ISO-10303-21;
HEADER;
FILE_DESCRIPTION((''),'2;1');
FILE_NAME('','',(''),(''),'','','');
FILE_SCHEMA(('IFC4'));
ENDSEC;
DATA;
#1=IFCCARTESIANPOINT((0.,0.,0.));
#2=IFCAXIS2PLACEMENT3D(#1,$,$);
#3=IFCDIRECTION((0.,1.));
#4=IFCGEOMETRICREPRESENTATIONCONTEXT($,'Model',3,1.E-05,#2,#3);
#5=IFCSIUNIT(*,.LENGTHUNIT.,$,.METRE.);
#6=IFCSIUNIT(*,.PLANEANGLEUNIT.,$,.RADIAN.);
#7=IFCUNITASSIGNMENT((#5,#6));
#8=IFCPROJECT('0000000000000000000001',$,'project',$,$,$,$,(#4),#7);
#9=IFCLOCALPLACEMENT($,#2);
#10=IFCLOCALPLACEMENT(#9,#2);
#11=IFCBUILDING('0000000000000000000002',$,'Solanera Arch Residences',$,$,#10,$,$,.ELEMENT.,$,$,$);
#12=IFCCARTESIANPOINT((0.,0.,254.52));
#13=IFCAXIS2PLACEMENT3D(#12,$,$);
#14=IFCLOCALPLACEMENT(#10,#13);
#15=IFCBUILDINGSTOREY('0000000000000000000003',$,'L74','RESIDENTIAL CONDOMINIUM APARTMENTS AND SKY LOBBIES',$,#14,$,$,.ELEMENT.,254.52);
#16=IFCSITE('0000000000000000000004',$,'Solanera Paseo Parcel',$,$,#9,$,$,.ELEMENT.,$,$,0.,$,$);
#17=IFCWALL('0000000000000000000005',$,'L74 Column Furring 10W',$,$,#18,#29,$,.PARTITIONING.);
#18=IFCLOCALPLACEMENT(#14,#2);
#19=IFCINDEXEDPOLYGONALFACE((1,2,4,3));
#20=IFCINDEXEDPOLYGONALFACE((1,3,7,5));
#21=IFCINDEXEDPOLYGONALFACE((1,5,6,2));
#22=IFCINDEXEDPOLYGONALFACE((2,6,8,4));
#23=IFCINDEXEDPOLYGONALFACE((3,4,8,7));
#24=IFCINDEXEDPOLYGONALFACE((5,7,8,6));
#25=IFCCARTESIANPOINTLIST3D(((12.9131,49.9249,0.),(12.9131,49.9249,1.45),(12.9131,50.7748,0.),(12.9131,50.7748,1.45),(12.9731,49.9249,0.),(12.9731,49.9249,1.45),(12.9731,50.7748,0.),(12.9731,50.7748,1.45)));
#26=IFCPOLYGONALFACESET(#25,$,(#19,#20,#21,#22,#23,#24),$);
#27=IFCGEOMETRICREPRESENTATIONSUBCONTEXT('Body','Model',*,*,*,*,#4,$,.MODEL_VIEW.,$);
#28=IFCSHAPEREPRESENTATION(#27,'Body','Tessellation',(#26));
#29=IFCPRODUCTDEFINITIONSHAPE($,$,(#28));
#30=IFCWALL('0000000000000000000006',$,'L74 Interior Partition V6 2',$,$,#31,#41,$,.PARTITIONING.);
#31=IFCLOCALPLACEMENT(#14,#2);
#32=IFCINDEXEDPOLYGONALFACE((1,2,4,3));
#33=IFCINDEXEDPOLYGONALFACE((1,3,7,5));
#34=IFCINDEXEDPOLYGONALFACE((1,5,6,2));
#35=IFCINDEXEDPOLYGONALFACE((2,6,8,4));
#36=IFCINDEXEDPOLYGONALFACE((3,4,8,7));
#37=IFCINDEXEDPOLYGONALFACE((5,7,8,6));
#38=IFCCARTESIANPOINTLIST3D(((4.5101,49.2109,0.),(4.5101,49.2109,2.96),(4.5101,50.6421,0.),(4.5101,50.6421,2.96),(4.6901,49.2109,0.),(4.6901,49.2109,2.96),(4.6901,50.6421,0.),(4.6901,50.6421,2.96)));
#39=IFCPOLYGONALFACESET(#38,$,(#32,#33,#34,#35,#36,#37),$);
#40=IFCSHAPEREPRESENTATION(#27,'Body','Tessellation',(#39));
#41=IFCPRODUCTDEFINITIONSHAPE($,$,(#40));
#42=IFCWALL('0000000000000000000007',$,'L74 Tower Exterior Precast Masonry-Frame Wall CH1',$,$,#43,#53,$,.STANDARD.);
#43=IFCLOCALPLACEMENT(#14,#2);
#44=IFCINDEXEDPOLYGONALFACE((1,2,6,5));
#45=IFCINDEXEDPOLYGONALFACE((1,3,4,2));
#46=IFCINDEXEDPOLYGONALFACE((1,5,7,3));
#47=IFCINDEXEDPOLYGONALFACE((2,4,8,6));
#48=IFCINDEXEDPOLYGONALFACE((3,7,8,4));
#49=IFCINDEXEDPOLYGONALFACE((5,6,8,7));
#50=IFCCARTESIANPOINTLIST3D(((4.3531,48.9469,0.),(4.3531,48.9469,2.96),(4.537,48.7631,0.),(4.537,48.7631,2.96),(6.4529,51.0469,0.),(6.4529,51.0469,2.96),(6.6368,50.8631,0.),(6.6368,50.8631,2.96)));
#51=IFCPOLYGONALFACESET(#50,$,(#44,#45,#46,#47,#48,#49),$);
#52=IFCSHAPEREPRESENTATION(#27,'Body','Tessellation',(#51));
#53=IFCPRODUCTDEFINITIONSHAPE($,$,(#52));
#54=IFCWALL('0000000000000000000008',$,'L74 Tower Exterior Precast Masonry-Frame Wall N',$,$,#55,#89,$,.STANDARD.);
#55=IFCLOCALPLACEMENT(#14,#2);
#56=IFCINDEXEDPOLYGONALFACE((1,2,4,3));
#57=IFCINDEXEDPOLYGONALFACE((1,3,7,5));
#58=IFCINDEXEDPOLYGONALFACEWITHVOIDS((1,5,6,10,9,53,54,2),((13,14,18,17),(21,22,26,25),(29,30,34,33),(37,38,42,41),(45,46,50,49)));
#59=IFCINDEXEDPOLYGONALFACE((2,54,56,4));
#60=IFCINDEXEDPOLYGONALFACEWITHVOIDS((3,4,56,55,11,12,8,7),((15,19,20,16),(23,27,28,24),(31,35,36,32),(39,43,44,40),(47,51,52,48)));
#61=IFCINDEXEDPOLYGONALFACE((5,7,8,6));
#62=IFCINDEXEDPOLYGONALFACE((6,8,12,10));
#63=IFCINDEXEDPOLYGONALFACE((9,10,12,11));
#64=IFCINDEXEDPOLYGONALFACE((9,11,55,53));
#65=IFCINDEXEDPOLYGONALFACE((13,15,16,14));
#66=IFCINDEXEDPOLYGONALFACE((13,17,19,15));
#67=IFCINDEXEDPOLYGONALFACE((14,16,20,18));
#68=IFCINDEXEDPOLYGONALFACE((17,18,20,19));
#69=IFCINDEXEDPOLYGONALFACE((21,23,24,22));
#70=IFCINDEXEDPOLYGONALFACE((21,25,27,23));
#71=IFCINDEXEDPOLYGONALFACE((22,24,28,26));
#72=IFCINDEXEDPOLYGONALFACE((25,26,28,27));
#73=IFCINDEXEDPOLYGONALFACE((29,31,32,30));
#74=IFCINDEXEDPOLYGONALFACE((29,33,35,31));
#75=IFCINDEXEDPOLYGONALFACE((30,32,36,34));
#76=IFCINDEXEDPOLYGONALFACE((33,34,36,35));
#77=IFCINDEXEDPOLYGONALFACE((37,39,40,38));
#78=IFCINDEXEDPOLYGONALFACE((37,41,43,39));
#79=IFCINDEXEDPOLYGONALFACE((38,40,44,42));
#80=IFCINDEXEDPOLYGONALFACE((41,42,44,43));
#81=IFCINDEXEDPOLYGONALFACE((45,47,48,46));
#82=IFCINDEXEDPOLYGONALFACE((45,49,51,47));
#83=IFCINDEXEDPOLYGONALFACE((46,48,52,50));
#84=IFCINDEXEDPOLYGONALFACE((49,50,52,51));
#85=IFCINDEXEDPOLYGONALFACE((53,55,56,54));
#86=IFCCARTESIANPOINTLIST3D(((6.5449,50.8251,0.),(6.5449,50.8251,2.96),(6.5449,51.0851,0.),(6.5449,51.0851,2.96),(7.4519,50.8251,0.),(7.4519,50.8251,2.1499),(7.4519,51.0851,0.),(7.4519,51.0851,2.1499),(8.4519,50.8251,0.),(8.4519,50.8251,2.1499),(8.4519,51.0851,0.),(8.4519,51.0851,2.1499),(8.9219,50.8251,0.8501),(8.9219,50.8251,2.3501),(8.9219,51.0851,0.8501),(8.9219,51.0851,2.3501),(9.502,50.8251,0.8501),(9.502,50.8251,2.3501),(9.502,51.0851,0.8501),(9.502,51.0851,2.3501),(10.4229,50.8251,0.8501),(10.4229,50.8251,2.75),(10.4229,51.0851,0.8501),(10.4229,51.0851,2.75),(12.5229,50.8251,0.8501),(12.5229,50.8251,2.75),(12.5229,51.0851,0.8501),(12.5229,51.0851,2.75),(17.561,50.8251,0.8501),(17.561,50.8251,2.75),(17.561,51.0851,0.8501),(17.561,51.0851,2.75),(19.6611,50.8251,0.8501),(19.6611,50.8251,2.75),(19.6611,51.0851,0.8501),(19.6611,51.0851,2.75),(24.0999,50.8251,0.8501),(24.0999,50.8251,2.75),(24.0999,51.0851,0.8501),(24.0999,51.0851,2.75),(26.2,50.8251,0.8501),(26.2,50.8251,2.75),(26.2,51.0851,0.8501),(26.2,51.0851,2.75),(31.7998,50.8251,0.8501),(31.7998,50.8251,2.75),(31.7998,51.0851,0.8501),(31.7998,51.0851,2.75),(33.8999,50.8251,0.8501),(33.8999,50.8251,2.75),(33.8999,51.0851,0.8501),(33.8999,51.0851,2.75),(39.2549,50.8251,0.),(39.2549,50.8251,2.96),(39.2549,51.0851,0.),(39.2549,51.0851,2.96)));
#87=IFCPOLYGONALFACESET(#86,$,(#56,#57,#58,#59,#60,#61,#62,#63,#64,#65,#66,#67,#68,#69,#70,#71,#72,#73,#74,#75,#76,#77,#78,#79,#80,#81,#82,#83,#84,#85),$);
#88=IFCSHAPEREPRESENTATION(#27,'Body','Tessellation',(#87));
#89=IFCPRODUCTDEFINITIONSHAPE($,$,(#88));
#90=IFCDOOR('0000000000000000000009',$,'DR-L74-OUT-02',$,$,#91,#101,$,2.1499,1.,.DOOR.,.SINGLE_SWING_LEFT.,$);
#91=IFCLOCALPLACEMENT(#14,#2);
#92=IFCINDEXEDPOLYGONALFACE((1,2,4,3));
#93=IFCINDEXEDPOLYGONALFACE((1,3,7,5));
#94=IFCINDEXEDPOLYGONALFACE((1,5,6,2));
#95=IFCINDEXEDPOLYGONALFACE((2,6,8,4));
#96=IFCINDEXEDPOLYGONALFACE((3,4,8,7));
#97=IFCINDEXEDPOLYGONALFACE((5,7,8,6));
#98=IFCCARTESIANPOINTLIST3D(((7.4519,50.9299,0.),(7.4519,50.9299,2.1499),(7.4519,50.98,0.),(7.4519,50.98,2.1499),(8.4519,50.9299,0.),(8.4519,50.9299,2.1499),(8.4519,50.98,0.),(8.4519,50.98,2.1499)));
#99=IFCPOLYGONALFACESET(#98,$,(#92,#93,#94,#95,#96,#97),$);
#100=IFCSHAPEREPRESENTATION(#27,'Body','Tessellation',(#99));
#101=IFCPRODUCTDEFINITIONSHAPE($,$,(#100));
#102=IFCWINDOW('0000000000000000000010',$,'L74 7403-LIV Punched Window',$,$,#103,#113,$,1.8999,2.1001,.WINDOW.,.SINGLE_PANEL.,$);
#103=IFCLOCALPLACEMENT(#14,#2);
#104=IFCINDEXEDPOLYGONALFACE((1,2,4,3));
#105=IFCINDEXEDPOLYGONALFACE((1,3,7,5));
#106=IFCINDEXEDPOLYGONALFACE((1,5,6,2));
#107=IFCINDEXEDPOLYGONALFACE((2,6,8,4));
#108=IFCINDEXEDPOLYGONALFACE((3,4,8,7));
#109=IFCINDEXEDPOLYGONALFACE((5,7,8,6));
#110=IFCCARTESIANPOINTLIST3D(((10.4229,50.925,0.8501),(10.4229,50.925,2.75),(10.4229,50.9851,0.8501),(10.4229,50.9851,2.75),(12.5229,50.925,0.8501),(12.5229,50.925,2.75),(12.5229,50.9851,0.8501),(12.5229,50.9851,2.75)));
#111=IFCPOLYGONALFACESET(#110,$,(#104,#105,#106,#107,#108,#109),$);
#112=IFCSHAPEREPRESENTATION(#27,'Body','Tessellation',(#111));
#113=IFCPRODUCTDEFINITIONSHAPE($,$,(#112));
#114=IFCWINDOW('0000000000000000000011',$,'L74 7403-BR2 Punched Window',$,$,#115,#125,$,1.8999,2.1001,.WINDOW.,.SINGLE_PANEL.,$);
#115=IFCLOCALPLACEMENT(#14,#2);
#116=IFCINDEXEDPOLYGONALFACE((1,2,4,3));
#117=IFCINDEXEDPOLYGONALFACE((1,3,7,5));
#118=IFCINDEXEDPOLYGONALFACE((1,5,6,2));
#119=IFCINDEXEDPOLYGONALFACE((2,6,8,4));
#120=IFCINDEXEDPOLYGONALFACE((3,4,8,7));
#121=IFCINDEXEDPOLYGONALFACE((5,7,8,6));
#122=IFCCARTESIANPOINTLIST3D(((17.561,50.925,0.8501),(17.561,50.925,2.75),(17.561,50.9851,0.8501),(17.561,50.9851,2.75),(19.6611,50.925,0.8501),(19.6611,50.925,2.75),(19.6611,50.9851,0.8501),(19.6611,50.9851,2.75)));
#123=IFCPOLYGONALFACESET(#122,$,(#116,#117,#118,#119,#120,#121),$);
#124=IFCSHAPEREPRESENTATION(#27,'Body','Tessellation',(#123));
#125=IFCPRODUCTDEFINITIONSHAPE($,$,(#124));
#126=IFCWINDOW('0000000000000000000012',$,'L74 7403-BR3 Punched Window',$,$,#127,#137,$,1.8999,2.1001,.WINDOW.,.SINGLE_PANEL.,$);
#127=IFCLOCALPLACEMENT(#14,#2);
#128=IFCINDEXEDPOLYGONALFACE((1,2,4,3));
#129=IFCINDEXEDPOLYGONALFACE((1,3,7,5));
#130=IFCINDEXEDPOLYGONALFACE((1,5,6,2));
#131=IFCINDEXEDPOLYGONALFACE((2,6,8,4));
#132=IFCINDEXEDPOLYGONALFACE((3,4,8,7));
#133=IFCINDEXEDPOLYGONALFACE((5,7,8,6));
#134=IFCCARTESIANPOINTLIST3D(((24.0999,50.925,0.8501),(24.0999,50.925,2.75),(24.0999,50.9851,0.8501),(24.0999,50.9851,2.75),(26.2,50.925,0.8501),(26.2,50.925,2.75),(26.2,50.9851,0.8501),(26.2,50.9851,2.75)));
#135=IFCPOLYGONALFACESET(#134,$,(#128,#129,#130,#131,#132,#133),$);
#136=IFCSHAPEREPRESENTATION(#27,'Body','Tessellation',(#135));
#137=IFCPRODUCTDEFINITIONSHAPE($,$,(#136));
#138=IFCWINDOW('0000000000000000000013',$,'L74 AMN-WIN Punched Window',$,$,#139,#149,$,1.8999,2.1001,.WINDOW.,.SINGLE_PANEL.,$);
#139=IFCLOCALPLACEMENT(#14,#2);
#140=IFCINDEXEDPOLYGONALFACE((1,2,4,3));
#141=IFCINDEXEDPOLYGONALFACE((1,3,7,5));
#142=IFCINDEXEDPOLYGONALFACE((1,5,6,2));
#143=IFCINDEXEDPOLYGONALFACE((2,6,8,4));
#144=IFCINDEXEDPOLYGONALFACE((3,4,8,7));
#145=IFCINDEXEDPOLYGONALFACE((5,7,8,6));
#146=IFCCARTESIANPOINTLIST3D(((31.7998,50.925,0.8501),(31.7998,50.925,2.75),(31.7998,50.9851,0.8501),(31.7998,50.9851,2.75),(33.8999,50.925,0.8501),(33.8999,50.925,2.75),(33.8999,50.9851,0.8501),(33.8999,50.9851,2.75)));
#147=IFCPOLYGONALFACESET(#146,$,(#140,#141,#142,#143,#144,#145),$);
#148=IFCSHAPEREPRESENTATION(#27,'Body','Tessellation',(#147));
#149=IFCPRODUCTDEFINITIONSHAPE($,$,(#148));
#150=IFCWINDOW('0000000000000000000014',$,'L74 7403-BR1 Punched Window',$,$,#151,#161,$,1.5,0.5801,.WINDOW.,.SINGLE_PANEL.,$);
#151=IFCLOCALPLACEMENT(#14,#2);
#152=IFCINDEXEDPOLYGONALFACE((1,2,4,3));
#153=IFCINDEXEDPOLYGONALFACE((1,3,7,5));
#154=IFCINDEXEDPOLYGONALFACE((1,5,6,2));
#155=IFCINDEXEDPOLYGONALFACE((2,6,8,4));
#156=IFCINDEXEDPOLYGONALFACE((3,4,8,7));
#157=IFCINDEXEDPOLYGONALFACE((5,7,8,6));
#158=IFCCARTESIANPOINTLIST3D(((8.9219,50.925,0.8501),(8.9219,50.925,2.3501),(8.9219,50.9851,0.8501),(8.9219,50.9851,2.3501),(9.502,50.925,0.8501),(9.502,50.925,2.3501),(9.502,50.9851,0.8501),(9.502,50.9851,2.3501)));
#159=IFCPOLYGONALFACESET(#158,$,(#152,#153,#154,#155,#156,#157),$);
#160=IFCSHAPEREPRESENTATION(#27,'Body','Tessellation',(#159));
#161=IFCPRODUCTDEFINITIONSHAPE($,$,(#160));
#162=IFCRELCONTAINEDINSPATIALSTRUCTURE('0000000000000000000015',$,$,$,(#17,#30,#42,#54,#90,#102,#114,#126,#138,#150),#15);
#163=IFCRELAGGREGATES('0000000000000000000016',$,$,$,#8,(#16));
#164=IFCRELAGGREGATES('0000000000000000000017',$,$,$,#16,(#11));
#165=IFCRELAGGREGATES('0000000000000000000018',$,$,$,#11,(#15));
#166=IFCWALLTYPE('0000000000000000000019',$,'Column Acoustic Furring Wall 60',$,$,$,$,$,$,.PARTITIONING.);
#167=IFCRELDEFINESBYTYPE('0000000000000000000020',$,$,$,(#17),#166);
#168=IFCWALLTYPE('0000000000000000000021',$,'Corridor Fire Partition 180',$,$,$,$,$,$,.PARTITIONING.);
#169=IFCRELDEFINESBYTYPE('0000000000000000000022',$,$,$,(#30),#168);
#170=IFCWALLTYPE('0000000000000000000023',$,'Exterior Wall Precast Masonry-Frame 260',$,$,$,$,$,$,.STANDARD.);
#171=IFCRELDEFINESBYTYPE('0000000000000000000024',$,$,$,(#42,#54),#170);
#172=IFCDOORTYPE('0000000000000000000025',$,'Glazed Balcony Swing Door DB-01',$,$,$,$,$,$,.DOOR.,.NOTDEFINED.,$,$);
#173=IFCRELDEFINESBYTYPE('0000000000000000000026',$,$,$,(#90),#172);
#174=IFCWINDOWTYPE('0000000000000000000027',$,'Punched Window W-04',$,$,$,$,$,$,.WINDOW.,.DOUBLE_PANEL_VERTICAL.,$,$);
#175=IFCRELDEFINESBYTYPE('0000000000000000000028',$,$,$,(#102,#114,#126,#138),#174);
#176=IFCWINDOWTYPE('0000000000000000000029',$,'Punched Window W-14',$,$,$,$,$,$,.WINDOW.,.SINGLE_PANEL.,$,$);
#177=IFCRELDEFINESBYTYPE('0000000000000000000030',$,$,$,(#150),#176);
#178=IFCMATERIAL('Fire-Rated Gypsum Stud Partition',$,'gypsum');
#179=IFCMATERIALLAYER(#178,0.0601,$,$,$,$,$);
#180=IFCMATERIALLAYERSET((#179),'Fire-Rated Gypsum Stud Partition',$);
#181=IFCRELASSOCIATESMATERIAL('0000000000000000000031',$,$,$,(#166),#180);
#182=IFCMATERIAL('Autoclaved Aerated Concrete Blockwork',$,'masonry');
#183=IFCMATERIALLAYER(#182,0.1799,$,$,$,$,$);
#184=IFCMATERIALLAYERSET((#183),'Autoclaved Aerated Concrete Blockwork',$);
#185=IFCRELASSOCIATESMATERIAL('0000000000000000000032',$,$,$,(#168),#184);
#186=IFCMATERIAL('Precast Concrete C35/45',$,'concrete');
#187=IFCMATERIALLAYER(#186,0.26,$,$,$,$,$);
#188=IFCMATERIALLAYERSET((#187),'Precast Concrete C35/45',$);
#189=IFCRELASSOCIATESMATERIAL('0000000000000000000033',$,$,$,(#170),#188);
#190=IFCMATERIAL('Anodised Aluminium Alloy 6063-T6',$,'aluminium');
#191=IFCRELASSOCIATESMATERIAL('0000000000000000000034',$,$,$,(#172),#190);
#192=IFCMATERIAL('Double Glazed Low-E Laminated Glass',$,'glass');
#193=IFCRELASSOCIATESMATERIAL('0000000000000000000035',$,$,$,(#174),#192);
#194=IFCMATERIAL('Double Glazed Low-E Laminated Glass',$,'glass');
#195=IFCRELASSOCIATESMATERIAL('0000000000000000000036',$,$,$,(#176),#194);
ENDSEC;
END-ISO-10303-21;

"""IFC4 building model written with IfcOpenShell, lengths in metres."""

from ifc_helpers import new_model, si_unit, direction, frame, frame_2d, origin, place, context, subcontext, project, spatial, rectangle, extrude, material, layer, layer_set, type_object, element, fill, save


model = new_model("IFC4")

# Units and contexts
model_context = context("Model", 3, precision=1e-05, world=origin(), true_north=direction((0.0, 1.0)))
body_context = subcontext(model_context, "Body", "Model", "MODEL_VIEW")
ifc_project = project(units=[si_unit("LENGTHUNIT", "METRE"), si_unit("PLANEANGLEUNIT", "RADIAN")], contexts=[model_context])

# Site, building, storey
site_placement = place(None, origin())
site = spatial("IfcSite", under=ifc_project, at=site_placement, Name="Solanera Paseo Parcel", CompositionType="ELEMENT", RefElevation=0.0)
building_placement = place(site_placement, origin())
building = spatial("IfcBuilding", under=site, at=building_placement, Name="Solanera Arch Residences", CompositionType="ELEMENT")
storey_placement = place(building_placement, frame((0.0, 0.0, 254.52)))
storey = spatial("IfcBuildingStorey", under=building, at=storey_placement, Name="L74", Description="RESIDENTIAL CONDOMINIUM APARTMENTS AND SKY LOBBIES", CompositionType="ELEMENT", Elevation=254.52)

# Walls
ifc_material_1 = material(Name="Fire-Rated Gypsum Stud Partition", Category="gypsum")
ifc_layer_1 = layer(ifc_material_1, 0.0601)
ifc_layer_set_1 = layer_set([ifc_layer_1], Name="Fire-Rated Gypsum Stud Partition")
wall_type_1 = type_object("IfcWallType", Name="Column Acoustic Furring Wall 60", PredefinedType="PARTITIONING", material=ifc_layer_set_1)
wall_1_placement = place(storey_placement, frame((12.9431, 49.925, 0.0), z_axis=(0.0, 0.0, 1.0), x_axis=(0.0, 1.0, 0.0)))
element("IfcWall", 1, at=wall_1_placement, inside=storey, type_object=wall_type_1, Name="L74 Column Furring 10W", PredefinedType="PARTITIONING", context=body_context, shape_type="SweptSolid", body=[
    extrude(rectangle(XDim=0.8499, YDim=0.0601, at=frame_2d((0.4248, 0.0))), origin(), (0.0, 0.0, 1.0), 1.45),
])
ifc_material_2 = material(Name="Autoclaved Aerated Concrete Blockwork", Category="masonry")
ifc_layer_2 = layer(ifc_material_2, 0.1799)
ifc_layer_set_2 = layer_set([ifc_layer_2], Name="Autoclaved Aerated Concrete Blockwork")
wall_type_2 = type_object("IfcWallType", Name="Corridor Fire Partition 180", PredefinedType="PARTITIONING", material=ifc_layer_set_2)
wall_2_placement = place(storey_placement, frame((4.6001, 49.2109, 0.0), z_axis=(0.0, 0.0, 1.0), x_axis=(0.0, 1.0, 0.0)))
element("IfcWall", 2, at=wall_2_placement, inside=storey, type_object=wall_type_2, Name="L74 Interior Partition V6 2", PredefinedType="PARTITIONING", context=body_context, shape_type="SweptSolid", body=[
    extrude(rectangle(XDim=1.4312, YDim=0.1799, at=frame_2d((0.7156, 0.0))), origin(), (0.0, 0.0, 1.0), 2.96),
])
ifc_material_3 = material(Name="Precast Concrete C35/45", Category="concrete")
ifc_layer_3 = layer(ifc_material_3, 0.26)
ifc_layer_set_3 = layer_set([ifc_layer_3], Name="Precast Concrete C35/45")
wall_type_3 = type_object("IfcWallType", Name="Exterior Wall Precast Masonry-Frame 260", PredefinedType="STANDARD", material=ifc_layer_set_3)
wall_3_placement = place(storey_placement, frame((4.4451, 48.855, 0.0), z_axis=(0.0, 0.0, 1.0), x_axis=(0.707066, 0.707148, 0.0)))
element("IfcWall", 3, at=wall_3_placement, inside=storey, type_object=wall_type_3, Name="L74 Tower Exterior Precast Masonry-Frame Wall CH1", PredefinedType="STANDARD", context=body_context, shape_type="SweptSolid", body=[
    extrude(rectangle(XDim=2.9697, YDim=0.26, at=frame_2d((1.4849, 0.0))), origin(), (0.0, 0.0, 1.0), 2.96),
])

# Wall, openings, door, windows
wall_4_placement = place(storey_placement, frame((6.5449, 50.9551, 0.0), z_axis=(0.0, 0.0, 1.0), x_axis=(1.0, 0.0, 0.0)))
wall_4 = element("IfcWall", 4, at=wall_4_placement, inside=storey, type_object=wall_type_3, Name="L74 Tower Exterior Precast Masonry-Frame Wall N", PredefinedType="STANDARD", context=body_context, shape_type="SweptSolid", body=[
    extrude(rectangle(XDim=32.71, YDim=0.26, at=frame_2d((16.355, 0.0))), origin(), (0.0, 0.0, 1.0), 2.96),
])
opening_1_placement = place(wall_4_placement, frame((0.907, 0.0, 0.0)))
opening_1 = element("IfcOpeningElement", 5, at=opening_1_placement, cuts=wall_4, PredefinedType="OPENING", context=body_context, shape_type="SweptSolid", body=[
    extrude(rectangle(XDim=1.0, YDim=2.1499, at=frame_2d((0.5, 1.075))), frame((0.0, 0.1399, 0.0), z_axis=(0.0, -1.0, 0.0), x_axis=(1.0, 0.0, 0.0)), (0.0, 0.0, 1.0), 0.28),
])
opening_2_placement = place(wall_4_placement, frame((3.8779, 0.0, 0.8501)))
opening_2 = element("IfcOpeningElement", 6, at=opening_2_placement, cuts=wall_4, PredefinedType="OPENING", context=body_context, shape_type="SweptSolid", body=[
    extrude(rectangle(XDim=2.1001, YDim=1.8999, at=frame_2d((1.05, 0.95))), frame((0.0, 0.1399, 0.0), z_axis=(0.0, -1.0, 0.0), x_axis=(1.0, 0.0, 0.0)), (0.0, 0.0, 1.0), 0.28),
])
opening_3_placement = place(wall_4_placement, frame((2.377, 0.0, 0.8501)))
opening_3 = element("IfcOpeningElement", 7, at=opening_3_placement, cuts=wall_4, PredefinedType="OPENING", context=body_context, shape_type="SweptSolid", body=[
    extrude(rectangle(XDim=0.5801, YDim=1.5, at=frame_2d((0.29, 0.75))), frame((0.0, 0.1399, 0.0), z_axis=(0.0, -1.0, 0.0), x_axis=(1.0, 0.0, 0.0)), (0.0, 0.0, 1.0), 0.28),
])
opening_4_placement = place(wall_4_placement, frame((11.0161, 0.0, 0.8501)))
opening_4 = element("IfcOpeningElement", 8, at=opening_4_placement, cuts=wall_4, PredefinedType="OPENING", context=body_context, shape_type="SweptSolid", body=[
    extrude(rectangle(XDim=2.1001, YDim=1.8999, at=frame_2d((1.05, 0.95))), frame((0.0, 0.1399, 0.0), z_axis=(0.0, -1.0, 0.0), x_axis=(1.0, 0.0, 0.0)), (0.0, 0.0, 1.0), 0.28),
])
opening_5_placement = place(wall_4_placement, frame((17.5549, 0.0, 0.8501)))
opening_5 = element("IfcOpeningElement", 9, at=opening_5_placement, cuts=wall_4, PredefinedType="OPENING", context=body_context, shape_type="SweptSolid", body=[
    extrude(rectangle(XDim=2.1001, YDim=1.8999, at=frame_2d((1.05, 0.95))), frame((0.0, 0.1399, 0.0), z_axis=(0.0, -1.0, 0.0), x_axis=(1.0, 0.0, 0.0)), (0.0, 0.0, 1.0), 0.28),
])
opening_6_placement = place(wall_4_placement, frame((25.2549, 0.0, 0.8501)))
opening_6 = element("IfcOpeningElement", 10, at=opening_6_placement, cuts=wall_4, PredefinedType="OPENING", context=body_context, shape_type="SweptSolid", body=[
    extrude(rectangle(XDim=2.1001, YDim=1.8999, at=frame_2d((1.05, 0.95))), frame((0.0, 0.1399, 0.0), z_axis=(0.0, -1.0, 0.0), x_axis=(1.0, 0.0, 0.0)), (0.0, 0.0, 1.0), 0.28),
])
ifc_material_4 = material(Name="Anodised Aluminium Alloy 6063-T6", Category="aluminium")
door_type_1 = type_object("IfcDoorType", Name="Glazed Balcony Swing Door DB-01", OperationType="NOTDEFINED", PredefinedType="DOOR", material=ifc_material_4)
door_1_placement = place(opening_1_placement, origin())
door_1 = element("IfcDoor", 11, at=door_1_placement, inside=storey, type_object=door_type_1, Name="DR-L74-OUT-02", OperationType="SINGLE_SWING_LEFT", OverallHeight=2.1499, OverallWidth=1.0, PredefinedType="DOOR", context=body_context, shape_type="SweptSolid", body=[
    extrude(rectangle(XDim=1.0, YDim=2.1499, at=frame_2d((0.5, 1.075))), frame((0.0, 0.0249, 0.0), z_axis=(0.0, -1.0, 0.0), x_axis=(1.0, 0.0, 0.0)), (0.0, 0.0, 1.0), 0.05),
])
fill(opening_1, door_1)
ifc_material_5 = material(Name="Double Glazed Low-E Laminated Glass", Category="glass")
window_type_1 = type_object("IfcWindowType", Name="Punched Window W-04", PartitioningType="DOUBLE_PANEL_VERTICAL", PredefinedType="WINDOW", material=ifc_material_5)
window_1_placement = place(opening_2_placement, origin())
window_1 = element("IfcWindow", 12, at=window_1_placement, inside=storey, type_object=window_type_1, Name="L74 7403-LIV Punched Window", OverallHeight=1.8999, OverallWidth=2.1001, PartitioningType="SINGLE_PANEL", PredefinedType="WINDOW", context=body_context, shape_type="SweptSolid", body=[
    extrude(rectangle(XDim=2.1001, YDim=1.8999, at=frame_2d((1.05, 0.95))), frame((0.0, 0.03, 0.0), z_axis=(0.0, -1.0, 0.0), x_axis=(1.0, 0.0, 0.0)), (0.0, 0.0, 1.0), 0.0601),
])
fill(opening_2, window_1)
window_2_placement = place(opening_4_placement, origin())
window_2 = element("IfcWindow", 13, at=window_2_placement, inside=storey, type_object=window_type_1, Name="L74 7403-BR2 Punched Window", OverallHeight=1.8999, OverallWidth=2.1001, PartitioningType="SINGLE_PANEL", PredefinedType="WINDOW", context=body_context, shape_type="SweptSolid", body=[
    extrude(rectangle(XDim=2.1001, YDim=1.8999, at=frame_2d((1.05, 0.95))), frame((0.0, 0.03, 0.0), z_axis=(0.0, -1.0, 0.0), x_axis=(1.0, 0.0, 0.0)), (0.0, 0.0, 1.0), 0.0601),
])
fill(opening_4, window_2)
window_3_placement = place(opening_5_placement, origin())
window_3 = element("IfcWindow", 14, at=window_3_placement, inside=storey, type_object=window_type_1, Name="L74 7403-BR3 Punched Window", OverallHeight=1.8999, OverallWidth=2.1001, PartitioningType="SINGLE_PANEL", PredefinedType="WINDOW", context=body_context, shape_type="SweptSolid", body=[
    extrude(rectangle(XDim=2.1001, YDim=1.8999, at=frame_2d((1.05, 0.95))), frame((0.0, 0.03, 0.0), z_axis=(0.0, -1.0, 0.0), x_axis=(1.0, 0.0, 0.0)), (0.0, 0.0, 1.0), 0.0601),
])
fill(opening_5, window_3)
window_4_placement = place(opening_6_placement, origin())
window_4 = element("IfcWindow", 15, at=window_4_placement, inside=storey, type_object=window_type_1, Name="L74 AMN-WIN Punched Window", OverallHeight=1.8999, OverallWidth=2.1001, PartitioningType="SINGLE_PANEL", PredefinedType="WINDOW", context=body_context, shape_type="SweptSolid", body=[
    extrude(rectangle(XDim=2.1001, YDim=1.8999, at=frame_2d((1.05, 0.95))), frame((0.0, 0.03, 0.0), z_axis=(0.0, -1.0, 0.0), x_axis=(1.0, 0.0, 0.0)), (0.0, 0.0, 1.0), 0.0601),
])
fill(opening_6, window_4)
ifc_material_6 = material(Name="Double Glazed Low-E Laminated Glass", Category="glass")
window_type_2 = type_object("IfcWindowType", Name="Punched Window W-14", PartitioningType="SINGLE_PANEL", PredefinedType="WINDOW", material=ifc_material_6)
window_5_placement = place(opening_3_placement, origin())
window_5 = element("IfcWindow", 16, at=window_5_placement, inside=storey, type_object=window_type_2, Name="L74 7403-BR1 Punched Window", OverallHeight=1.5, OverallWidth=0.5801, PartitioningType="SINGLE_PANEL", PredefinedType="WINDOW", context=body_context, shape_type="SweptSolid", body=[
    extrude(rectangle(XDim=0.5801, YDim=1.5, at=frame_2d((0.29, 0.75))), frame((0.0, 0.03, 0.0), z_axis=(0.0, -1.0, 0.0), x_axis=(1.0, 0.0, 0.0)), (0.0, 0.0, 1.0), 0.0601),
])
fill(opening_3, window_5)

save(model, "model.ifc")
